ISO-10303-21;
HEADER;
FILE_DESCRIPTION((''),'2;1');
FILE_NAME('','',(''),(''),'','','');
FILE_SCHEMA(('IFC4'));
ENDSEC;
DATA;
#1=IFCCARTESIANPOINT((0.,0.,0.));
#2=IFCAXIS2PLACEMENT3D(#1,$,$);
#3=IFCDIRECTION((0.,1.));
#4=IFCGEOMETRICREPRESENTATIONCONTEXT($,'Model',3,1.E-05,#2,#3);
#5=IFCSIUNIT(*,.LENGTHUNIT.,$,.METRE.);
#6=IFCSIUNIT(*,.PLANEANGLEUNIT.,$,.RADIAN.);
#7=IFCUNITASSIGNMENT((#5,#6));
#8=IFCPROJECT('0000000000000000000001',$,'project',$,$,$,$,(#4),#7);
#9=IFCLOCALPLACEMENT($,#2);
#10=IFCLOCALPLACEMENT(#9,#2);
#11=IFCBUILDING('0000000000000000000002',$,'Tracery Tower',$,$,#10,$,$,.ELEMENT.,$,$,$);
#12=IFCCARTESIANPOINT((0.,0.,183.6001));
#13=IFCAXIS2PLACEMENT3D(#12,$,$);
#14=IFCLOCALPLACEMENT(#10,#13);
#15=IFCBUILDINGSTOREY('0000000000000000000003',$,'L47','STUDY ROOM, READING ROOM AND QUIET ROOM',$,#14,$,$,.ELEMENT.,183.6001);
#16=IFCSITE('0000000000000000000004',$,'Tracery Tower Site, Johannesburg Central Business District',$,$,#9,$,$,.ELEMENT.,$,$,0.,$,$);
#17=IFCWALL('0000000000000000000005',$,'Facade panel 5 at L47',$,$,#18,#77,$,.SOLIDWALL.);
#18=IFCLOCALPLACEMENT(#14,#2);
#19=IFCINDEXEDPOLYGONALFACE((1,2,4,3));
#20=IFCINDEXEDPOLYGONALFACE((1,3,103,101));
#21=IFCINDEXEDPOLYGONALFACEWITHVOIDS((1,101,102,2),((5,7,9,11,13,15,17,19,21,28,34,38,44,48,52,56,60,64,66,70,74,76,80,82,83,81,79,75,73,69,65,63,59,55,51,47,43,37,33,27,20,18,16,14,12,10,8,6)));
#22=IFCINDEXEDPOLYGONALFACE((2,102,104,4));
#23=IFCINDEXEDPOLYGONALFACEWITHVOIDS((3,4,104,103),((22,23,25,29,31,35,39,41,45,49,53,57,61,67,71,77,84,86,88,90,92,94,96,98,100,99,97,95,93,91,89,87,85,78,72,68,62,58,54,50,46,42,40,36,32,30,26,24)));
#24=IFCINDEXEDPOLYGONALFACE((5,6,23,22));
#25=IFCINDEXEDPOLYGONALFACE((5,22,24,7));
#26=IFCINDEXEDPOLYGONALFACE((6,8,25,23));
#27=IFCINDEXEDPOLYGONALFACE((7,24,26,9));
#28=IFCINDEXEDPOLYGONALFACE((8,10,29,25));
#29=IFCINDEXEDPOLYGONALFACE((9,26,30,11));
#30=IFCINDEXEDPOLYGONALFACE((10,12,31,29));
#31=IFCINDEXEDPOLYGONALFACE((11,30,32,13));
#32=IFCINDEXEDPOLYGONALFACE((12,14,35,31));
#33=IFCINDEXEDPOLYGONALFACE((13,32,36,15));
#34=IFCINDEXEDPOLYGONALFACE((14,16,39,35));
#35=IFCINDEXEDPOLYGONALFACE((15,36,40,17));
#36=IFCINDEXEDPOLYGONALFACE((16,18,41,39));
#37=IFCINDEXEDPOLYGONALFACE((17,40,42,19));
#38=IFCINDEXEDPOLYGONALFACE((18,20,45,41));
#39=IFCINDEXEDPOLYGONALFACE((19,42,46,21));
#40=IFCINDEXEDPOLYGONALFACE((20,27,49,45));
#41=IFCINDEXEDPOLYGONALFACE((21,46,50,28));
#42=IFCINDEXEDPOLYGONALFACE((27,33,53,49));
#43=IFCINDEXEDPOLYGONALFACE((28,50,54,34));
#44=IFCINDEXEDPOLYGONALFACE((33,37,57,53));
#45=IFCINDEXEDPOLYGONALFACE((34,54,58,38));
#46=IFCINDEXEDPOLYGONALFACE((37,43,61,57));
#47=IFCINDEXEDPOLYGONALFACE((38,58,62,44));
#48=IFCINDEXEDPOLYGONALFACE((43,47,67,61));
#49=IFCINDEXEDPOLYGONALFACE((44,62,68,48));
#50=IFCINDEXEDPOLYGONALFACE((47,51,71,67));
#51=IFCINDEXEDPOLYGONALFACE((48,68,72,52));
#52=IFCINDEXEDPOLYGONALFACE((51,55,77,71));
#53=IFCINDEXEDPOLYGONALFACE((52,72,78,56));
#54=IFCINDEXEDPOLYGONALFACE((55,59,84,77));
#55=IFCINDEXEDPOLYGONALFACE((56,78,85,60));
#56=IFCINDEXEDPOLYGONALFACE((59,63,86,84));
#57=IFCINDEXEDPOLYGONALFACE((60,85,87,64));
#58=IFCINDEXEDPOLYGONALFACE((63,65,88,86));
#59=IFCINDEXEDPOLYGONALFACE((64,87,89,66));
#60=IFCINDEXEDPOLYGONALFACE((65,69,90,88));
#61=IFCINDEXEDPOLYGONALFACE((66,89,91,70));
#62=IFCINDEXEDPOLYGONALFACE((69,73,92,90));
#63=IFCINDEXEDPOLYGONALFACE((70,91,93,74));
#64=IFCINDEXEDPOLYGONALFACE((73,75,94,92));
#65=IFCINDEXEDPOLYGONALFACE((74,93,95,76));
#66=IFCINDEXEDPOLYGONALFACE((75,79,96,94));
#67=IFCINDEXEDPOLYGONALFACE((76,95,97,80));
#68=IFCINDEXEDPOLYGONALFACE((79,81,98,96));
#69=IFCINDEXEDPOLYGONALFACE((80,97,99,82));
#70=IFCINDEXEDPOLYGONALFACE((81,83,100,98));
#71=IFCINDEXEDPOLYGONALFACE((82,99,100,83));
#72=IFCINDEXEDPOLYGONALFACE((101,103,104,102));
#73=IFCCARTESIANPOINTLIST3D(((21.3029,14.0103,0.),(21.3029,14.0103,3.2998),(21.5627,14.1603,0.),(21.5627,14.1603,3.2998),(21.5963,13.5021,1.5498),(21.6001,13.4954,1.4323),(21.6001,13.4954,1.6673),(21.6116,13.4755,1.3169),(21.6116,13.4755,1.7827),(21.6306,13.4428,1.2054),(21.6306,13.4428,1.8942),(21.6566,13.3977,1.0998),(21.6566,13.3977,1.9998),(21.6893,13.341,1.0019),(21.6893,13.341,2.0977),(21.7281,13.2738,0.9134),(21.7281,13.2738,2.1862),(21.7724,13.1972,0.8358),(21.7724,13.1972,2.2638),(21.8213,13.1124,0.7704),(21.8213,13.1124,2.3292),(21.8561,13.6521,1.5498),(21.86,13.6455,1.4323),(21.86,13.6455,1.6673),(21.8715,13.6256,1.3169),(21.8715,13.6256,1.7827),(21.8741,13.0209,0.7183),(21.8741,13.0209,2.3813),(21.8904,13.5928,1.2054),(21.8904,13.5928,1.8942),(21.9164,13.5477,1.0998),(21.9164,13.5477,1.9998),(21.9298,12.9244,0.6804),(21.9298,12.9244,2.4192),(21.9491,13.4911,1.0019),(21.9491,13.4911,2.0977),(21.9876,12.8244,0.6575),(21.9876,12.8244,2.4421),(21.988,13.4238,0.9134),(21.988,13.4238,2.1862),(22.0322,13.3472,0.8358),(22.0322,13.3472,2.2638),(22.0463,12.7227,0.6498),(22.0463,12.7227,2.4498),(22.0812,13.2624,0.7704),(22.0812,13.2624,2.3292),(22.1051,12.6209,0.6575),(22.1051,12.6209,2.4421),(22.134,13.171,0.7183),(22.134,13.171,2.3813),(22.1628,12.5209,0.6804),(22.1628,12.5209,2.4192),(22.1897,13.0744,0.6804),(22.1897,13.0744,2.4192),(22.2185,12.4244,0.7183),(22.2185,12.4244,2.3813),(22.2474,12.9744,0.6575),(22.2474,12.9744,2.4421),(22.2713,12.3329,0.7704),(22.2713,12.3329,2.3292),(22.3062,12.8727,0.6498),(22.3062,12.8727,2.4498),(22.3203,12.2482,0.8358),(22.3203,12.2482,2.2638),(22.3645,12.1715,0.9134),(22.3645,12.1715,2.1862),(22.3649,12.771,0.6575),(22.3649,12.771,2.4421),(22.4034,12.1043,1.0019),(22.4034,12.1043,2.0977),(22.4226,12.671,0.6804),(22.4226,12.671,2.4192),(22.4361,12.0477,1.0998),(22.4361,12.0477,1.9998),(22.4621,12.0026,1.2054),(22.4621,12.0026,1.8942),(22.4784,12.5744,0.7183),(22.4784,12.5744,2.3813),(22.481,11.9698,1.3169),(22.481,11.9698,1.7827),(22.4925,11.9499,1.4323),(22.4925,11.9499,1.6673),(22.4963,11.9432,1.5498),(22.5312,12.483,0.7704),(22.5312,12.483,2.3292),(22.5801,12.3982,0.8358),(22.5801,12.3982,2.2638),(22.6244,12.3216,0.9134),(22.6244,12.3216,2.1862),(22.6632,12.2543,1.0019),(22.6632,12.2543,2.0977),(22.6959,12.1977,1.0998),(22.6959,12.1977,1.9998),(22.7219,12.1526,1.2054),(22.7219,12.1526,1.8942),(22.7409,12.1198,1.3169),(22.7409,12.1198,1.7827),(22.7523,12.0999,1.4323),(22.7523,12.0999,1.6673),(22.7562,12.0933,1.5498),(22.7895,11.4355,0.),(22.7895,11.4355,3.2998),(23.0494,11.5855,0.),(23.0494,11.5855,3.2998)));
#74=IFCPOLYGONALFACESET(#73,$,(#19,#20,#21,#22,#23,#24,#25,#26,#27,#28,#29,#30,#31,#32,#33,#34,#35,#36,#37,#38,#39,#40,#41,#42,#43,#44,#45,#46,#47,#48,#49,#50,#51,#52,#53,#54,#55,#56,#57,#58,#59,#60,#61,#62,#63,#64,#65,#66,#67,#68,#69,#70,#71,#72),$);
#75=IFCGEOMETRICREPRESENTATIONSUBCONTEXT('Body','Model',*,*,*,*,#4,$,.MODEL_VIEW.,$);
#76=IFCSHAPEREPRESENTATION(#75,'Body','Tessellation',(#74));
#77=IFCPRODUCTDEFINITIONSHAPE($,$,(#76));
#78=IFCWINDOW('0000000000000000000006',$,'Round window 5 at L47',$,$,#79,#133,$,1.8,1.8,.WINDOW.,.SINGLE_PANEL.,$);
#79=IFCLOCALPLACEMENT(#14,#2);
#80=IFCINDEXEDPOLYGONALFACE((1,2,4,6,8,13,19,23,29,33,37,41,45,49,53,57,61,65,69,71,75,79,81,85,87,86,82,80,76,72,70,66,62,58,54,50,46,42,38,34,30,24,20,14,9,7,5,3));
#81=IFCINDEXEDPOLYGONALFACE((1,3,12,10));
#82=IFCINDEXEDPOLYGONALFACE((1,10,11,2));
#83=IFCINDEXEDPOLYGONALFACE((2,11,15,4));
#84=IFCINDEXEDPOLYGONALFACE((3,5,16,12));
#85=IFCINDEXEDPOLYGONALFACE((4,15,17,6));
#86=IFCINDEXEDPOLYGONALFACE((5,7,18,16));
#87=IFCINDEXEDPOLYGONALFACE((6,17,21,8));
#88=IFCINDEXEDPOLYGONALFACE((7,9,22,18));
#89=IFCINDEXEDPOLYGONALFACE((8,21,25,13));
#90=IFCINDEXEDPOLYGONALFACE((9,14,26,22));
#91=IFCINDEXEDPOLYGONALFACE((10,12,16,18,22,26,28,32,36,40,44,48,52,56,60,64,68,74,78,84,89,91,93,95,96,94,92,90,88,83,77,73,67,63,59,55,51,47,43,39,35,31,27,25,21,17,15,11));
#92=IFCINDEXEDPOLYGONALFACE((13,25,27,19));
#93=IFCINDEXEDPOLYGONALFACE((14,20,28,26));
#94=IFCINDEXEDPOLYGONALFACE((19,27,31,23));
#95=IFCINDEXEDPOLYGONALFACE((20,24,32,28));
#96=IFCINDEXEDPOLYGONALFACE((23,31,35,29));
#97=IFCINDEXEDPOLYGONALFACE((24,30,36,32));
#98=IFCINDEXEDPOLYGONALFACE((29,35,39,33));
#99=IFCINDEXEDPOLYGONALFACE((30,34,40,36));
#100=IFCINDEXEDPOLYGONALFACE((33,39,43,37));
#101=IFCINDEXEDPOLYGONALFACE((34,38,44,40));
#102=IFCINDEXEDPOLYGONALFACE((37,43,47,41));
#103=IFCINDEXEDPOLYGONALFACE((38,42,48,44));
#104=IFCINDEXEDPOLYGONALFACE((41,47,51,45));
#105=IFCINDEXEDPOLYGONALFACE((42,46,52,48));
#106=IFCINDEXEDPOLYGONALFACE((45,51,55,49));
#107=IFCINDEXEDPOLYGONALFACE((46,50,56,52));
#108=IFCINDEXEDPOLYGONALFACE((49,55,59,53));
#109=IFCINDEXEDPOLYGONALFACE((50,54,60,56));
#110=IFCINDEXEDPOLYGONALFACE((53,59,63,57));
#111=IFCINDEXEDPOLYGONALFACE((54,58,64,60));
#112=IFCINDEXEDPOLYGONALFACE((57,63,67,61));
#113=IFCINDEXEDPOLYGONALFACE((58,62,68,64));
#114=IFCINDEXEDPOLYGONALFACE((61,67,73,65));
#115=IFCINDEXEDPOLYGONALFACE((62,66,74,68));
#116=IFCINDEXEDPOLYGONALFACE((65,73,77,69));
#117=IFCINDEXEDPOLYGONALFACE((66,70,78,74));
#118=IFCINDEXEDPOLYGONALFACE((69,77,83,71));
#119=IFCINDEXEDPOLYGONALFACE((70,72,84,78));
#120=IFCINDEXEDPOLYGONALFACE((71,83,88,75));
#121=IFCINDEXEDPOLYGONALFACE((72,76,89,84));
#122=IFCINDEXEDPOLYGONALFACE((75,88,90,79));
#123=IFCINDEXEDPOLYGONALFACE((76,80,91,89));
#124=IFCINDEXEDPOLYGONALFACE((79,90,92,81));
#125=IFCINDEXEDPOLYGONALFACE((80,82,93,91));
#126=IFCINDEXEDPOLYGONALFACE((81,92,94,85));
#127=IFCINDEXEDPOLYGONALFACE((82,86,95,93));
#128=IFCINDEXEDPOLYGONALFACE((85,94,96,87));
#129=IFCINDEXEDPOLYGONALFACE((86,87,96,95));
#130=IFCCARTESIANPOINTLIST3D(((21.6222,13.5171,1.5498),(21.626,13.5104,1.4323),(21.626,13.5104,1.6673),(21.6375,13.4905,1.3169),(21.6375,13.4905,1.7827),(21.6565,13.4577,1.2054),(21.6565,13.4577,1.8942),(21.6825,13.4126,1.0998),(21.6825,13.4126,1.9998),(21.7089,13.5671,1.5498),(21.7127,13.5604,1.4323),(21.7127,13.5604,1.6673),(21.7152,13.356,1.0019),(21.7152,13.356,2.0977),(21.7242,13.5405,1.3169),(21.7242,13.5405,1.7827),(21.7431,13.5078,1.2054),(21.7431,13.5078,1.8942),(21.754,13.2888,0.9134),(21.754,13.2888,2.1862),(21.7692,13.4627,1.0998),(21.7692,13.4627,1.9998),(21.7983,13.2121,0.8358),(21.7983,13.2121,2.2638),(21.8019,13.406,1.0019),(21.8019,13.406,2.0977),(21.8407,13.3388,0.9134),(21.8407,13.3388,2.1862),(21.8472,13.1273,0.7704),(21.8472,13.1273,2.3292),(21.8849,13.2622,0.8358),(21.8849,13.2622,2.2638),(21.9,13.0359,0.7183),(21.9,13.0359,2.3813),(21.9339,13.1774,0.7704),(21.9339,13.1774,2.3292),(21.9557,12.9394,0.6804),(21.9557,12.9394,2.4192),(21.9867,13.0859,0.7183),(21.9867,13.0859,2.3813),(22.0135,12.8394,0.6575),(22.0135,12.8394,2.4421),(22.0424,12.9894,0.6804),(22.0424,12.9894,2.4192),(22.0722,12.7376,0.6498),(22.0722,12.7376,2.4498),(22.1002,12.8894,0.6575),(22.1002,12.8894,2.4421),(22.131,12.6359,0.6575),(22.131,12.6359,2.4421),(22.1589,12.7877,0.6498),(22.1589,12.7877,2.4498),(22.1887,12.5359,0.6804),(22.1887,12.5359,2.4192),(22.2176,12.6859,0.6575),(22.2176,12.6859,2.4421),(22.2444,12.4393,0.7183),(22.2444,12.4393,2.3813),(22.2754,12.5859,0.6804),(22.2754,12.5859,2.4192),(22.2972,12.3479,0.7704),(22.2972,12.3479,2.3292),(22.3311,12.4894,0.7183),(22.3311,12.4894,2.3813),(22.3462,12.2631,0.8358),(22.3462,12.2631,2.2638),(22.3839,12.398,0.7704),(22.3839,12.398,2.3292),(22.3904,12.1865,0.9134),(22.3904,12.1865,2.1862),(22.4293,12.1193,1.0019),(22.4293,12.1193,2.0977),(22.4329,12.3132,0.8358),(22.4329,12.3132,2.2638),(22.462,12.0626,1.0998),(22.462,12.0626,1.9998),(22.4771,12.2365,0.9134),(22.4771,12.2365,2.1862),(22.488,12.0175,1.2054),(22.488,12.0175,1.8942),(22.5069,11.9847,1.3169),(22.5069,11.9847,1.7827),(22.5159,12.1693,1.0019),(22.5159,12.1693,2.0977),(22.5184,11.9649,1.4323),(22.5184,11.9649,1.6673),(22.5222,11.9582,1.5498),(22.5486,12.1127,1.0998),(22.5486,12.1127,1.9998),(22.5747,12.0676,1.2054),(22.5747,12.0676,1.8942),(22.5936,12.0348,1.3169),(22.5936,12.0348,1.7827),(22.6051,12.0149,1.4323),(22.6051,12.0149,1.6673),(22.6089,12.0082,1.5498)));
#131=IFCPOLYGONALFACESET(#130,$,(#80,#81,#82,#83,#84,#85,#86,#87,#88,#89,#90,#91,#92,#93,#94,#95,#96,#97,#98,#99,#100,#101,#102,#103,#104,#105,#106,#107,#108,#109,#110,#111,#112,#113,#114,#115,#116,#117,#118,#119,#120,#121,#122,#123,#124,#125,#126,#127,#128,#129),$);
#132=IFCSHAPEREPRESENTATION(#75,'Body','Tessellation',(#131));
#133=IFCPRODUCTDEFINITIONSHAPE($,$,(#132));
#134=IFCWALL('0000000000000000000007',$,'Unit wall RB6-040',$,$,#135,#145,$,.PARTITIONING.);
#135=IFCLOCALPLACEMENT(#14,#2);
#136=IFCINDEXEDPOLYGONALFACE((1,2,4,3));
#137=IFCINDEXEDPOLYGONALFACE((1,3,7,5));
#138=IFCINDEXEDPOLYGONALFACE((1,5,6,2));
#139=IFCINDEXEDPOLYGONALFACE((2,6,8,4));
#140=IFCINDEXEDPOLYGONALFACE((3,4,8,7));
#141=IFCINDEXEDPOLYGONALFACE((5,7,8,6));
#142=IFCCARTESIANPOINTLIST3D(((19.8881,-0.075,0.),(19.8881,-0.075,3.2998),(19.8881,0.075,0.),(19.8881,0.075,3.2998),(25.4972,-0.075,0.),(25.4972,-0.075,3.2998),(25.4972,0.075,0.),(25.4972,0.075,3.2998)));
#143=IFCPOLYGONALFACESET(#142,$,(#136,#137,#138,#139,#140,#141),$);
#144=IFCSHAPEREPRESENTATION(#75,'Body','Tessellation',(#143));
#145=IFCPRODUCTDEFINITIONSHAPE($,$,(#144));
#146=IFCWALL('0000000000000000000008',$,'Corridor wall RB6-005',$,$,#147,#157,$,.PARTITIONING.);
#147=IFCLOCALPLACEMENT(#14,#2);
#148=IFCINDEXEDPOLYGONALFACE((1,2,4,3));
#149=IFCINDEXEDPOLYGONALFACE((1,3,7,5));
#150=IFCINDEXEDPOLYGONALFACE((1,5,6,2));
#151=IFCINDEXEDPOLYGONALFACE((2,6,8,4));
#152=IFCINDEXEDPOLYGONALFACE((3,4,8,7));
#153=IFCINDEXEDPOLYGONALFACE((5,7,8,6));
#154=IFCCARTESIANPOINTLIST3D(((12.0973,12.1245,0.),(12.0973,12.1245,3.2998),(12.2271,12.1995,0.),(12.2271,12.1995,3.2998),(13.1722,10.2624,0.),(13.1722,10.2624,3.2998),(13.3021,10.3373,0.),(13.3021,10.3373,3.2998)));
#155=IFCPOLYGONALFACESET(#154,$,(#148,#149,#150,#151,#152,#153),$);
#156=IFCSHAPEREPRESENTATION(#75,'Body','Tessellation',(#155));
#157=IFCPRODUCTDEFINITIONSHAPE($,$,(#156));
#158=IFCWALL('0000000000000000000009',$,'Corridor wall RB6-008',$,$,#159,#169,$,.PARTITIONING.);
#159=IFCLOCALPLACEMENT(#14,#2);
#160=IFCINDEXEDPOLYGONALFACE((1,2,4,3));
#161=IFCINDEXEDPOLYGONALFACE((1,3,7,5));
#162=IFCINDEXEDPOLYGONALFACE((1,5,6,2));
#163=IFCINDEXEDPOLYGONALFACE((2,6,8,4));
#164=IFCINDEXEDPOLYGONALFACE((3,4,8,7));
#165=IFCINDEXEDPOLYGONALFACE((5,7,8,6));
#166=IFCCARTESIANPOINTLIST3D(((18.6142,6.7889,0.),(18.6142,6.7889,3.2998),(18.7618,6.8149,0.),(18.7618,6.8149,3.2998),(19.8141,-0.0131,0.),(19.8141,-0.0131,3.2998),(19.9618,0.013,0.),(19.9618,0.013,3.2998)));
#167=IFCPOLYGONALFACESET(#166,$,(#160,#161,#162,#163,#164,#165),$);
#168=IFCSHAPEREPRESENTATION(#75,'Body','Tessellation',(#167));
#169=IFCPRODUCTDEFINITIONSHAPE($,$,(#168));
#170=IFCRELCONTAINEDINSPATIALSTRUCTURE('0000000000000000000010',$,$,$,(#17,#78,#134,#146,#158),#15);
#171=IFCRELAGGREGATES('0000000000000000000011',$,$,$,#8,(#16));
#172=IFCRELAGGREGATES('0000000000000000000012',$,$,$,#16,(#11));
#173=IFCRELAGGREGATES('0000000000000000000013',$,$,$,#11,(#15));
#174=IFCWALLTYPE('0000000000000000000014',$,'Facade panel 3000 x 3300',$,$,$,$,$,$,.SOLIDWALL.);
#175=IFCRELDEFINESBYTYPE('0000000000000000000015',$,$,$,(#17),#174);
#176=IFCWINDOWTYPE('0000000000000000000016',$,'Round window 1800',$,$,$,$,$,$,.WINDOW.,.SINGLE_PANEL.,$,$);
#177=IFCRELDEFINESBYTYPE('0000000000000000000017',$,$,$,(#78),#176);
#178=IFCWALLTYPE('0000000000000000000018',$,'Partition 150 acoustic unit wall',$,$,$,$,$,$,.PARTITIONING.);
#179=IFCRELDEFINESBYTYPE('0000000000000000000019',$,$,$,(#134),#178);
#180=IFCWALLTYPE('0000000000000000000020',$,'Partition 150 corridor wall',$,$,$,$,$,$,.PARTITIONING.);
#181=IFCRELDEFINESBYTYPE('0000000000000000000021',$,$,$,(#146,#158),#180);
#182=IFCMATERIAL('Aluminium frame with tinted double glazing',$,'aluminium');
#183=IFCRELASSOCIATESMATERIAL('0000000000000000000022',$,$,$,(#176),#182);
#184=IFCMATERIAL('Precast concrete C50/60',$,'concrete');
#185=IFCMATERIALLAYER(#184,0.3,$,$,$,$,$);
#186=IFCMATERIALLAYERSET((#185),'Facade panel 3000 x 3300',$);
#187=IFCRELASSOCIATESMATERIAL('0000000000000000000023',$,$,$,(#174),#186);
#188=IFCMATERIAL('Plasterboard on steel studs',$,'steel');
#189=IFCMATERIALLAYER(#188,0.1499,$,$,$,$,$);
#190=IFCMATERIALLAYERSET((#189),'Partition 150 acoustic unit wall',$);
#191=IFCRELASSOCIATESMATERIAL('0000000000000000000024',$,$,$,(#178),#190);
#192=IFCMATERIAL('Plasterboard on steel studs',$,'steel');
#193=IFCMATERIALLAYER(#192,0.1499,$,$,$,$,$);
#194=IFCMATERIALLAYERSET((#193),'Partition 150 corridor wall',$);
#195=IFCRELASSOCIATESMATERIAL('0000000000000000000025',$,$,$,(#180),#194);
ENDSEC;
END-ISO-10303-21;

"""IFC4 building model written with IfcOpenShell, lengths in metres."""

from ifc_helpers import new_model, si_unit, direction, frame, frame_2d, origin, origin_2d, place, context, subcontext, project, spatial, rectangle, circle, extrude, material, layer, layer_set, type_object, element, fill, save


model = new_model("IFC4")

# Units and contexts
model_context = context("Model", 3, precision=1e-05, world=origin(), true_north=direction((0.0, 1.0)))
body_context = subcontext(model_context, "Body", "Model", "MODEL_VIEW")
ifc_project = project(units=[si_unit("LENGTHUNIT", "METRE"), si_unit("PLANEANGLEUNIT", "RADIAN")], contexts=[model_context])

# Site, building, storey
site_placement = place(None, origin())
site = spatial("IfcSite", under=ifc_project, at=site_placement, Name="Tracery Tower Site, Johannesburg Central Business District", CompositionType="ELEMENT", RefElevation=0.0)
building_placement = place(site_placement, origin())
building = spatial("IfcBuilding", under=site, at=building_placement, Name="Tracery Tower", CompositionType="ELEMENT")
storey_placement = place(building_placement, frame((0.0, 0.0, 183.6001)))
storey = spatial("IfcBuildingStorey", under=building, at=storey_placement, Name="L47", Description="STUDY ROOM, READING ROOM AND QUIET ROOM", CompositionType="ELEMENT", Elevation=183.6001)

# Wall, opening, window
ifc_material_1 = material(Name="Aluminium frame with tinted double glazing", Category="aluminium")
window_type = type_object("IfcWindowType", Name="Round window 1800", PartitioningType="SINGLE_PANEL", PredefinedType="WINDOW", material=ifc_material_1)
ifc_material_2 = material(Name="Precast concrete C50/60", Category="concrete")
ifc_layer_1 = layer(ifc_material_2, 0.3)
ifc_layer_set_1 = layer_set([ifc_layer_1], Name="Facade panel 3000 x 3300")
wall_type_1 = type_object("IfcWallType", Name="Facade panel 3000 x 3300", PredefinedType="SOLIDWALL", material=ifc_layer_set_1)
wall_1_placement = place(storey_placement, frame((22.9194, 11.5105, 0.0), z_axis=(0.0, 0.0, 1.0), x_axis=(-0.500016, 0.866016, 0.0)))
wall_1 = element("IfcWall", 1, at=wall_1_placement, inside=storey, type_object=wall_type_1, Name="Facade panel 5 at L47", PredefinedType="SOLIDWALL", context=body_context, shape_type="SweptSolid", body=[
    extrude(rectangle(XDim=2.9731, YDim=0.3, at=frame_2d((1.4866, 0.0))), origin(), (0.0, 0.0, 1.0), 3.2998),
])
opening_1_placement = place(wall_1_placement, frame((1.4863, 0.0, 1.5498)))
opening_1 = element("IfcOpeningElement", 2, at=opening_1_placement, cuts=wall_1, PredefinedType="OPENING", context=body_context, shape_type="SweptSolid", body=[
    extrude(circle(Radius=0.9, at=origin_2d()), frame((0.0, 0.1599, 0.0), z_axis=(0.0, -1.0, 0.0), x_axis=(1.0, 0.0, 0.0)), (0.0, 0.0, 1.0), 0.3201),
])
window_1_placement = place(opening_1_placement, origin())
window_1 = element("IfcWindow", 3, at=window_1_placement, inside=storey, type_object=window_type, Name="Round window 5 at L47", OverallHeight=1.8, OverallWidth=1.8, PartitioningType="SINGLE_PANEL", PredefinedType="WINDOW", context=body_context, shape_type="SweptSolid", body=[
    extrude(circle(Radius=0.9, at=origin_2d()), frame((0.0, 0.1201, 0.0), z_axis=(0.0, -1.0, 0.0), x_axis=(1.0, 0.0, 0.0)), (0.0, 0.0, 1.0), 0.1001),
])
fill(opening_1, window_1)

# Walls
ifc_material_3 = material(Name="Plasterboard on steel studs", Category="steel")
ifc_layer_2 = layer(ifc_material_3, 0.1499)
ifc_layer_set_2 = layer_set([ifc_layer_2], Name="Partition 150 acoustic unit wall")
wall_type_2 = type_object("IfcWallType", Name="Partition 150 acoustic unit wall", PredefinedType="PARTITIONING", material=ifc_layer_set_2)
wall_2_placement = place(storey_placement, frame((19.8879, 0.0, 0.0), z_axis=(0.0, 0.0, 1.0), x_axis=(1.0, 0.0, 0.0)))
element("IfcWall", 4, at=wall_2_placement, inside=storey, type_object=wall_type_2, Name="Unit wall RB6-040", PredefinedType="PARTITIONING", context=body_context, shape_type="SweptSolid", body=[
    extrude(rectangle(XDim=5.6091, YDim=0.1499, at=frame_2d((2.8047, 0.0))), origin(), (0.0, 0.0, 1.0), 3.2998),
])
ifc_material_4 = material(Name="Plasterboard on steel studs", Category="steel")
ifc_layer_3 = layer(ifc_material_4, 0.1499)
ifc_layer_set_3 = layer_set([ifc_layer_3], Name="Partition 150 corridor wall")
wall_type_3 = type_object("IfcWallType", Name="Partition 150 corridor wall", PredefinedType="PARTITIONING", material=ifc_layer_set_3)
wall_3_placement = place(storey_placement, frame((12.1621, 12.1621, 0.0), z_axis=(0.0, 0.0, 1.0), x_axis=(0.499962, -0.866048, 0.0)))
element("IfcWall", 5, at=wall_3_placement, inside=storey, type_object=wall_type_3, Name="Corridor wall RB6-005", PredefinedType="PARTITIONING", context=body_context, shape_type="SweptSolid", body=[
    extrude(rectangle(XDim=2.1501, YDim=0.1499, at=frame_2d((1.0752, 0.0))), origin(), (0.0, 0.0, 1.0), 3.2998),
])
wall_4_placement = place(storey_placement, frame((18.688, 6.802, 0.0), z_axis=(0.0, 0.0, 1.0), x_axis=(0.173729, -0.984794, 0.0)))
element("IfcWall", 6, at=wall_4_placement, inside=storey, type_object=wall_type_3, Name="Corridor wall RB6-008", PredefinedType="PARTITIONING", context=body_context, shape_type="SweptSolid", body=[
    extrude(rectangle(XDim=6.907, YDim=0.1499, at=frame_2d((3.4536, 0.0))), origin(), (0.0, 0.0, 1.0), 3.2998),
])

save(model, "model.ifc")
